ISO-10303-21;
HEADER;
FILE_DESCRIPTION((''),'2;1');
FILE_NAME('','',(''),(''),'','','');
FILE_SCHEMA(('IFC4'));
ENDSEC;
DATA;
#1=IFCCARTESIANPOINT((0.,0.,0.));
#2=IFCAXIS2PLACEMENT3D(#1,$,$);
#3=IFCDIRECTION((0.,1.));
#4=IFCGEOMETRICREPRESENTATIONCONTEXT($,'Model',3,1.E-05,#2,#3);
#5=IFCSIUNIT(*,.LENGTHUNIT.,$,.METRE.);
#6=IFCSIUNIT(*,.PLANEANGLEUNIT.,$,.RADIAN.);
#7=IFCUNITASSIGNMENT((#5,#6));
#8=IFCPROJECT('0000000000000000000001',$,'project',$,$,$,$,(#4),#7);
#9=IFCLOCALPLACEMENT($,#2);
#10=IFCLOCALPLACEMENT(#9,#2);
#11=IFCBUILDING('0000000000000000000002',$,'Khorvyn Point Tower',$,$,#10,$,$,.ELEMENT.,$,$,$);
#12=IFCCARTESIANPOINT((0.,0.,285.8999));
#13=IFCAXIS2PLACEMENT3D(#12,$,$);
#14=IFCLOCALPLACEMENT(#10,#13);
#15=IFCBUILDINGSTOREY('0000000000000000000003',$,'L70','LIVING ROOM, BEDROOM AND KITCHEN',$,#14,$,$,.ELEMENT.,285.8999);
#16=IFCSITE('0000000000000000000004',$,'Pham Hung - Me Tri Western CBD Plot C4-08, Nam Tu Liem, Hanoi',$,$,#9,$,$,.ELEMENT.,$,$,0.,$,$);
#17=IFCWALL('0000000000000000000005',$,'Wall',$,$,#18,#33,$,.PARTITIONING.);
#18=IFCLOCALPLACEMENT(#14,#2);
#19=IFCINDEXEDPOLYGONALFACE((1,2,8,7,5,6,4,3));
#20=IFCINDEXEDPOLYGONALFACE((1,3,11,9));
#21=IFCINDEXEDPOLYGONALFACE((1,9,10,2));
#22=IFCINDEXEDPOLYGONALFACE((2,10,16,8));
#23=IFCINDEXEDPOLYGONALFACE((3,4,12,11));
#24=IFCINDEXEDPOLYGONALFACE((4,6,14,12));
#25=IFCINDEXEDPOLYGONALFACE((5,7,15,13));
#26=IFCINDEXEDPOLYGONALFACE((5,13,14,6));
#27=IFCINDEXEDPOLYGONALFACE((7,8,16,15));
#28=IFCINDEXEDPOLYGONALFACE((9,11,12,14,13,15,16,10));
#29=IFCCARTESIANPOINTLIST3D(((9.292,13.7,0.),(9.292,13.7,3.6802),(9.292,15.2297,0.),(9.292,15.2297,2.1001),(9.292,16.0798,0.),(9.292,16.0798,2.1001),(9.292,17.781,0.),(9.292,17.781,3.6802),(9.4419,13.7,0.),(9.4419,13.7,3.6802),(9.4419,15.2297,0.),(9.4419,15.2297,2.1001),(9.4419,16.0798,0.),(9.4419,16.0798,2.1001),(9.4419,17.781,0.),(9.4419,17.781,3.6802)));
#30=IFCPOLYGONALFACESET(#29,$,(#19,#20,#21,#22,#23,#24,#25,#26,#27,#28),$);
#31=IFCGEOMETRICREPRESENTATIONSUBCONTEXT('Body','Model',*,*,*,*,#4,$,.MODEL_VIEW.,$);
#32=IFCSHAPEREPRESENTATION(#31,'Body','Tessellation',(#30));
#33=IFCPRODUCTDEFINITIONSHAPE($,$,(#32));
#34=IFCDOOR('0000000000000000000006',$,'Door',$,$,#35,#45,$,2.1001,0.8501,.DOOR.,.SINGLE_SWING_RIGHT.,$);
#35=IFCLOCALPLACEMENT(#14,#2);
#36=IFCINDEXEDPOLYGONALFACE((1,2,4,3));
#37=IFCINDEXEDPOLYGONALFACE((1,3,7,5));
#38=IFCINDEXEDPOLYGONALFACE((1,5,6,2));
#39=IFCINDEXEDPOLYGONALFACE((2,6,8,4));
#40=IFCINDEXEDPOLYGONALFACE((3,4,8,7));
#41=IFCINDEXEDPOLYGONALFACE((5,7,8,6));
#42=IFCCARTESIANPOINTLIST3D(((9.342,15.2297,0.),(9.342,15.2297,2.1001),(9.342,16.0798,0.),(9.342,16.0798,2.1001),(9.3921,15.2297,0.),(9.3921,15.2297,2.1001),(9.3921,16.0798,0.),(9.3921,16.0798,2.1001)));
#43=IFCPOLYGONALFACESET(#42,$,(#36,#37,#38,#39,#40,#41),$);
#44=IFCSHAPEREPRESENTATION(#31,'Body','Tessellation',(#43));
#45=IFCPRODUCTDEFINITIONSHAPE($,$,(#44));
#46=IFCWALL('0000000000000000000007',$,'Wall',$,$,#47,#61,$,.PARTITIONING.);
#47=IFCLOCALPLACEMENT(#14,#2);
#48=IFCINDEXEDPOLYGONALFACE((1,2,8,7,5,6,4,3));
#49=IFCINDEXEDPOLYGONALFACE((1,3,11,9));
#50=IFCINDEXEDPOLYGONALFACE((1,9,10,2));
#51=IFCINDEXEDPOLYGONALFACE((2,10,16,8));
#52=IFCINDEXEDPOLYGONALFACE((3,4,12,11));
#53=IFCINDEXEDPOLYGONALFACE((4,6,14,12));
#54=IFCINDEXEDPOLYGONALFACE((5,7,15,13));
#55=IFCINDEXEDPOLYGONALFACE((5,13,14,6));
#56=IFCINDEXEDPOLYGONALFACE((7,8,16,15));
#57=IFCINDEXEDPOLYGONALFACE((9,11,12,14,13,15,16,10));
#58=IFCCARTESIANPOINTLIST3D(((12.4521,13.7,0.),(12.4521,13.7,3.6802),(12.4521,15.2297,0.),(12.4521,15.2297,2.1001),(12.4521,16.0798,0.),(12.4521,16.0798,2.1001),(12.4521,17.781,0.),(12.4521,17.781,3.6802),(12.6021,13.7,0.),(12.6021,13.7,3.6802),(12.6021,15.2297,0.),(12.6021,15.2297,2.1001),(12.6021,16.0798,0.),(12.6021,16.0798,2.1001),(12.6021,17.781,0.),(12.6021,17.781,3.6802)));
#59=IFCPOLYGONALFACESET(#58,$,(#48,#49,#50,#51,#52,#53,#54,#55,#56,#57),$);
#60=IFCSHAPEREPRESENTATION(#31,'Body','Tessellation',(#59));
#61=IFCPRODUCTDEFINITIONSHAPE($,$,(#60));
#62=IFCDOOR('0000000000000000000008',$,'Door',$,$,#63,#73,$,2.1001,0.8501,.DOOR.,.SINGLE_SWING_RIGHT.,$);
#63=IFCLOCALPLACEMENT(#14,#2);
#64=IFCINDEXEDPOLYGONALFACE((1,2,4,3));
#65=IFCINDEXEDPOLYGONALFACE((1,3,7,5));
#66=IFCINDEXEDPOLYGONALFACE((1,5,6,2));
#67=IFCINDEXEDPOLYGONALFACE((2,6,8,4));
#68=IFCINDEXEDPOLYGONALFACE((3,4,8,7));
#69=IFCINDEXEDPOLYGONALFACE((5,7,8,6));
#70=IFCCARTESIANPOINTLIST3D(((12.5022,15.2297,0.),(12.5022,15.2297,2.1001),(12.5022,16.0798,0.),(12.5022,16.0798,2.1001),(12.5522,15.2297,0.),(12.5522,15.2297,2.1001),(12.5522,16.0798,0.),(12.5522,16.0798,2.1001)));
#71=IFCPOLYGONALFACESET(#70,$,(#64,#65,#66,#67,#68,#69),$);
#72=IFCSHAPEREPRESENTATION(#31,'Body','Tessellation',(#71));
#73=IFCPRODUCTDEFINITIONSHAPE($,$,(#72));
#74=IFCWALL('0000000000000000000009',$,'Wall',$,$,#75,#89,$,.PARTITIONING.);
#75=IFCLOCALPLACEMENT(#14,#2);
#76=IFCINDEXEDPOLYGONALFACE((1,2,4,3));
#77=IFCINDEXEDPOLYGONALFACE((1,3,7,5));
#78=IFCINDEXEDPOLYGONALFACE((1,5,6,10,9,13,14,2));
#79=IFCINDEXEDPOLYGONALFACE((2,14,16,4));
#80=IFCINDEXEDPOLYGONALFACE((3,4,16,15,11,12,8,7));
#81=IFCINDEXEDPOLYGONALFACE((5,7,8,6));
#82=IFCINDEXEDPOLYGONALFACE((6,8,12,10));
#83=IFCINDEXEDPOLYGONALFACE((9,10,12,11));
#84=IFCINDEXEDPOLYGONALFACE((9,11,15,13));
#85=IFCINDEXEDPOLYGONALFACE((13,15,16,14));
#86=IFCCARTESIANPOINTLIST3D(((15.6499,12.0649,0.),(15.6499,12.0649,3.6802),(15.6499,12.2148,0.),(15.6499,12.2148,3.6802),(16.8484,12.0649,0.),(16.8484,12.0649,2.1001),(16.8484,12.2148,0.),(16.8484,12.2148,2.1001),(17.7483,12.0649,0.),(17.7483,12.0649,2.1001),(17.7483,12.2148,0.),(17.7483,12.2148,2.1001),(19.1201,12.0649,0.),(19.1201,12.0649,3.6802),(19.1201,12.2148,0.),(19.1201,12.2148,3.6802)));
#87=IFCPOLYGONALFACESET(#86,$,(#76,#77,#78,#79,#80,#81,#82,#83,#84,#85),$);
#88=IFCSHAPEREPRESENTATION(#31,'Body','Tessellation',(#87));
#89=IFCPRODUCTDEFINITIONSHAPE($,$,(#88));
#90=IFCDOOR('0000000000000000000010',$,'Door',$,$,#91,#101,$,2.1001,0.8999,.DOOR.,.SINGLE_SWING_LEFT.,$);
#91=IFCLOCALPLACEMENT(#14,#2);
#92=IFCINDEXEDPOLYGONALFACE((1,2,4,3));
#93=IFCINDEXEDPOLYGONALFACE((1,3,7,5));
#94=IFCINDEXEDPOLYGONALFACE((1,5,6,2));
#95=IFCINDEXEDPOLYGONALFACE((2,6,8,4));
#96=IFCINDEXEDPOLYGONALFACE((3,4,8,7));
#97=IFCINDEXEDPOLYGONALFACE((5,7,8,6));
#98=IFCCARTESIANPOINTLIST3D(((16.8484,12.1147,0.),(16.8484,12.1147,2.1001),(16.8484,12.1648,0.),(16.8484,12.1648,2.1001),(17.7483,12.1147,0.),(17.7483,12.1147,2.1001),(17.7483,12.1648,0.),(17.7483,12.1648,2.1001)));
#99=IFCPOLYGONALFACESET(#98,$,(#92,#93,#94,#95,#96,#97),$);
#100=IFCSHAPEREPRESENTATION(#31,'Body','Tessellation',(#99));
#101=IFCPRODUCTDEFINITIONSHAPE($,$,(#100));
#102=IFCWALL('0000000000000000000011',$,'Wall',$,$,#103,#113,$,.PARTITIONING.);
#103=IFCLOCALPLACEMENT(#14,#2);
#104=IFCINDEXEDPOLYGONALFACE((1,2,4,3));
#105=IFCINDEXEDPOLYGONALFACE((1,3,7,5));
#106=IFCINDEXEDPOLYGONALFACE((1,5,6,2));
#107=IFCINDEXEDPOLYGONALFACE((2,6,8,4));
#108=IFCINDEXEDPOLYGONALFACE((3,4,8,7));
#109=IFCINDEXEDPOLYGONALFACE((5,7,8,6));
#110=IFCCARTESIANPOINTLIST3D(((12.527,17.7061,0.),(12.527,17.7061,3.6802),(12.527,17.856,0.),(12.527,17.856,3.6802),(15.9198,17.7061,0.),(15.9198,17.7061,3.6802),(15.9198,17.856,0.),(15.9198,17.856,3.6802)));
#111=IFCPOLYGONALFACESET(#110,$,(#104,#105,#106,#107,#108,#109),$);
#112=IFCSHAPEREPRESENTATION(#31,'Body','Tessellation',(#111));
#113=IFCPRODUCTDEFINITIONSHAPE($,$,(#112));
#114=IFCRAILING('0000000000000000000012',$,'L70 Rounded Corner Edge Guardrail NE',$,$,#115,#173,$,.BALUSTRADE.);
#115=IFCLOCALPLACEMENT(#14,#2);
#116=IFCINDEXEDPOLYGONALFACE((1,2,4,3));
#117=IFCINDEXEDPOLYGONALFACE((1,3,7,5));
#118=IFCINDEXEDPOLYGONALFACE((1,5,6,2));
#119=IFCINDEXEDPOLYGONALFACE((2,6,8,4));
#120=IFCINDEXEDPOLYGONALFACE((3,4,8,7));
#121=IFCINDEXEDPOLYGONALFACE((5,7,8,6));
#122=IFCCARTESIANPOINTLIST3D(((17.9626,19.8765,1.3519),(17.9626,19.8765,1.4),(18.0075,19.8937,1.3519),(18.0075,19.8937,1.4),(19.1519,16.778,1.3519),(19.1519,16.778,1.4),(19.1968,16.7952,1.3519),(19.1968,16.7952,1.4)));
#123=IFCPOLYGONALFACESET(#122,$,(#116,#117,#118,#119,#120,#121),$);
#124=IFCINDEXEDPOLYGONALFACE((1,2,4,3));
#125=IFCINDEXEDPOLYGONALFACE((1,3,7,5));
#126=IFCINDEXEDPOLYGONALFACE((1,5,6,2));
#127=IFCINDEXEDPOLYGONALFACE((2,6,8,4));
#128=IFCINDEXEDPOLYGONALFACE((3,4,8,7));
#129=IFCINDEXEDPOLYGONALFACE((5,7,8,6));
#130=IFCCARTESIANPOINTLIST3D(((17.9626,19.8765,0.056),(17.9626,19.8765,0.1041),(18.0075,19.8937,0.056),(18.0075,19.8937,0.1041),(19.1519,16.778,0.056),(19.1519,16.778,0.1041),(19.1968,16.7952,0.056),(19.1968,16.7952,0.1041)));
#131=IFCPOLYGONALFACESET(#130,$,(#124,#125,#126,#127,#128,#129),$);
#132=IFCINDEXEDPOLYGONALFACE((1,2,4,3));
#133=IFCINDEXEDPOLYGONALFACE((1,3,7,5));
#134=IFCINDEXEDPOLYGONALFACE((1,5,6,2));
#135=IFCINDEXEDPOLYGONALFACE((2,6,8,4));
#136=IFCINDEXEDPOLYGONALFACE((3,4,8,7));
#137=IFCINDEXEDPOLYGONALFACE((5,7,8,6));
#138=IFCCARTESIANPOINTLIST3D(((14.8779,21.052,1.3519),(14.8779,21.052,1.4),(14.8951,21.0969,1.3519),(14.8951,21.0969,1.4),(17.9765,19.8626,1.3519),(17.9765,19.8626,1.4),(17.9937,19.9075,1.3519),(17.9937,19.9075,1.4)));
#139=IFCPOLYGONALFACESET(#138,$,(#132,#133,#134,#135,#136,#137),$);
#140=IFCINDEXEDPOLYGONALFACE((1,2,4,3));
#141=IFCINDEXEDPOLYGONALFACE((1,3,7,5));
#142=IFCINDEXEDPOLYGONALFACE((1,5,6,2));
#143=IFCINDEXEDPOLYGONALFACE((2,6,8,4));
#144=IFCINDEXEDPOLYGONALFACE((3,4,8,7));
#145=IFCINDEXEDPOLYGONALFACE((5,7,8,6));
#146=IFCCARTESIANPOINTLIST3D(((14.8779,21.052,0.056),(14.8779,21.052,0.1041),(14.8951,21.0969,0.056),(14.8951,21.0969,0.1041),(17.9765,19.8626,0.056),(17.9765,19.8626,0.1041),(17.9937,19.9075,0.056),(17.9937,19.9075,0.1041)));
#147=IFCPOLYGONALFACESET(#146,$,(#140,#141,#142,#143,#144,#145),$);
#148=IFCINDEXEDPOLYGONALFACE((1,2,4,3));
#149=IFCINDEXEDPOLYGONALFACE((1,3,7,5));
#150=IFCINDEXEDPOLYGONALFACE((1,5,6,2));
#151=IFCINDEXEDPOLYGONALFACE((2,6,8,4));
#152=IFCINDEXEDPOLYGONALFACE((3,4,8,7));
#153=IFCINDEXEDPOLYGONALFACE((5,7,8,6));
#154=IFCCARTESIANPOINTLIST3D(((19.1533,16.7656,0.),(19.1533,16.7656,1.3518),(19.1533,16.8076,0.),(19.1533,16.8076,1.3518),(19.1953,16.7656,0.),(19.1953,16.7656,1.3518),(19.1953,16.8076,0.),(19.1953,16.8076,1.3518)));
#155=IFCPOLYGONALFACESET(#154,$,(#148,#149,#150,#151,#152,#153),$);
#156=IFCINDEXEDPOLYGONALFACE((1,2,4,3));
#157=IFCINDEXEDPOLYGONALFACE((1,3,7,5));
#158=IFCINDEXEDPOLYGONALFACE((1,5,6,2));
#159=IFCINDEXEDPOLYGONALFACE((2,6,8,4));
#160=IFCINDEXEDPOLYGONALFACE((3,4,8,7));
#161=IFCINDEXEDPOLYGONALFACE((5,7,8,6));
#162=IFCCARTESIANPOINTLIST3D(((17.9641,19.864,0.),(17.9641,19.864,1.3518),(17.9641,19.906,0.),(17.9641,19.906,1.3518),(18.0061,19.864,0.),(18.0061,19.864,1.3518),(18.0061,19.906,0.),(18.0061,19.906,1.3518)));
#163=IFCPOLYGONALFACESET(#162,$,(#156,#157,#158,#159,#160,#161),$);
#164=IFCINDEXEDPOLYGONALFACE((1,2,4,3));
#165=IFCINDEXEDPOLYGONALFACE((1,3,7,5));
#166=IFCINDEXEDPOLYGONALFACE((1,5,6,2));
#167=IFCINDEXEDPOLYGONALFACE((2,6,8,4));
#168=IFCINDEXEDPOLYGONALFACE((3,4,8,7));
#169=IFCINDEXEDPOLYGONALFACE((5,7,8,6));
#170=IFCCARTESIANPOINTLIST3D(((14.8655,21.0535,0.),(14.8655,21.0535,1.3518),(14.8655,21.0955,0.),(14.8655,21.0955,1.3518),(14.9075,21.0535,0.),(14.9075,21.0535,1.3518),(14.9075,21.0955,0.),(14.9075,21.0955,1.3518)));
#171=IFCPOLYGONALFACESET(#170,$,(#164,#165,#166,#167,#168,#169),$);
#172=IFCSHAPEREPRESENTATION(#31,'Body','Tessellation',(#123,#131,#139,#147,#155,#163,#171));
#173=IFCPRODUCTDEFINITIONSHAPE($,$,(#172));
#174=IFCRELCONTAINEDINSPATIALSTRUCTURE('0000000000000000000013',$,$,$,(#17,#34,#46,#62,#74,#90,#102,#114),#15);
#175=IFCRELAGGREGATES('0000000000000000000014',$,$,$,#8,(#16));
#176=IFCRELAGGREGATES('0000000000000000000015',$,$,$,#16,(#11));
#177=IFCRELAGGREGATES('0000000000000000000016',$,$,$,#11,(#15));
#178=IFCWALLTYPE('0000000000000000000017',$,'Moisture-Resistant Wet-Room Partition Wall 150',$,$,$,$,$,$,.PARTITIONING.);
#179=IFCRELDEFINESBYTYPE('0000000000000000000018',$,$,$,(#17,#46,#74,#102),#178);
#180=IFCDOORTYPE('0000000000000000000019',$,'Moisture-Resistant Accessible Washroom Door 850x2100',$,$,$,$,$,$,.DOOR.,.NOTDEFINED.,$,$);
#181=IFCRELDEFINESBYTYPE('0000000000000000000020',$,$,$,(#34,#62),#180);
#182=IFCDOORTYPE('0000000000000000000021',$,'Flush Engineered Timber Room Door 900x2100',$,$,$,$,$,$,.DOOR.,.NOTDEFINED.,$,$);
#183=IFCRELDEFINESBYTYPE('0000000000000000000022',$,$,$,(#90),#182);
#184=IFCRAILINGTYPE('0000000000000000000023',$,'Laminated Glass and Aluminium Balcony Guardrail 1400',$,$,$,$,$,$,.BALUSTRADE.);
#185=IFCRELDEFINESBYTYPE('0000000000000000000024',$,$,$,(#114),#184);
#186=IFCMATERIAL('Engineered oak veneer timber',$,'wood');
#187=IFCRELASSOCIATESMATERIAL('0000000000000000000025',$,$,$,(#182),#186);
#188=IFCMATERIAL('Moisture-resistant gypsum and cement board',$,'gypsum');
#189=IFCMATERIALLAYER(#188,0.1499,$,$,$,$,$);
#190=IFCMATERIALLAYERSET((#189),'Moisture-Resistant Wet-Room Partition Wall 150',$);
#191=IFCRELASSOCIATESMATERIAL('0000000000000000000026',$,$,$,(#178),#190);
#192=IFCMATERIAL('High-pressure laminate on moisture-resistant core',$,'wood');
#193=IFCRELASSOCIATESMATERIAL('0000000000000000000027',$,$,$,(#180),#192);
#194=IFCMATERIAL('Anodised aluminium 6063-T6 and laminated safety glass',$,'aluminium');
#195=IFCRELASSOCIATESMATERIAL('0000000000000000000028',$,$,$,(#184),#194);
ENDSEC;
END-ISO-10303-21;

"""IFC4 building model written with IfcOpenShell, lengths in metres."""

from ifc_helpers import new_model, si_unit, direction, frame, frame_2d, origin, origin_2d, place, context, subcontext, project, spatial, rectangle, extrude, material, layer, layer_set, type_object, element, fill, save


model = new_model("IFC4")

# Units and contexts
model_context = context("Model", 3, precision=1e-05, world=origin(), true_north=direction((0.0, 1.0)))
body_context = subcontext(model_context, "Body", "Model", "MODEL_VIEW")
ifc_project = project(units=[si_unit("LENGTHUNIT", "METRE"), si_unit("PLANEANGLEUNIT", "RADIAN")], contexts=[model_context])

# Site, building, storey
site_placement = place(None, origin())
site = spatial("IfcSite", under=ifc_project, at=site_placement, Name="Pham Hung - Me Tri Western CBD Plot C4-08, Nam Tu Liem, Hanoi", CompositionType="ELEMENT", RefElevation=0.0)
building_placement = place(site_placement, origin())
building = spatial("IfcBuilding", under=site, at=building_placement, Name="Khorvyn Point Tower", CompositionType="ELEMENT")
storey_placement = place(building_placement, frame((0.0, 0.0, 285.8999)))
storey = spatial("IfcBuildingStorey", under=building, at=storey_placement, Name="L70", Description="LIVING ROOM, BEDROOM AND KITCHEN", CompositionType="ELEMENT", Elevation=285.8999)

# Walls, openings, doors
ifc_material_1 = material(Name="Engineered oak veneer timber", Category="wood")
door_type_1 = type_object("IfcDoorType", Name="Flush Engineered Timber Room Door 900x2100", OperationType="NOTDEFINED", PredefinedType="DOOR", material=ifc_material_1)
ifc_material_2 = material(Name="Moisture-resistant gypsum and cement board", Category="gypsum")
ifc_layer_1 = layer(ifc_material_2, 0.1499)
ifc_layer_set_1 = layer_set([ifc_layer_1], Name="Moisture-Resistant Wet-Room Partition Wall 150")
wall_type_1 = type_object("IfcWallType", Name="Moisture-Resistant Wet-Room Partition Wall 150", PredefinedType="PARTITIONING", material=ifc_layer_set_1)
wall_1_placement = place(storey_placement, frame((9.3669, 13.7, 0.0), z_axis=(0.0, 0.0, 1.0), x_axis=(0.0, 1.0, 0.0)))
wall_1 = element("IfcWall", 1, at=wall_1_placement, inside=storey, type_object=wall_type_1, Name="Wall", PredefinedType="PARTITIONING", context=body_context, shape_type="SweptSolid", body=[
    extrude(rectangle(XDim=4.0811, YDim=0.1499, at=frame_2d((2.0405, 0.0))), origin(), (0.0, 0.0, 1.0), 3.6802),
])
opening_1_placement = place(wall_1_placement, frame((1.5298, 0.0, 0.0)))
opening_1 = element("IfcOpeningElement", 2, at=opening_1_placement, cuts=wall_1, PredefinedType="OPENING", context=body_context, shape_type="SweptSolid", body=[
    extrude(rectangle(XDim=0.8501, YDim=2.1001, at=frame_2d((0.425, 1.05))), frame((0.0, 0.085, 0.0), z_axis=(0.0, -1.0, 0.0), x_axis=(1.0, 0.0, 0.0)), (0.0, 0.0, 1.0), 0.1699),
])
ifc_material_3 = material(Name="High-pressure laminate on moisture-resistant core", Category="wood")
door_type_2 = type_object("IfcDoorType", Name="Moisture-Resistant Accessible Washroom Door 850x2100", OperationType="NOTDEFINED", PredefinedType="DOOR", material=ifc_material_3)
door_1_placement = place(opening_1_placement, origin())
door_1 = element("IfcDoor", 3, at=door_1_placement, inside=storey, type_object=door_type_2, Name="Door", OperationType="SINGLE_SWING_RIGHT", OverallHeight=2.1001, OverallWidth=0.8501, PredefinedType="DOOR", context=body_context, shape_type="SweptSolid", body=[
    extrude(rectangle(XDim=0.8501, YDim=2.1001, at=frame_2d((0.425, 1.05))), frame((0.0, 0.0249, 0.0), z_axis=(0.0, -1.0, 0.0), x_axis=(1.0, 0.0, 0.0)), (0.0, 0.0, 1.0), 0.05),
])
fill(opening_1, door_1)
wall_2_placement = place(storey_placement, frame((12.5271, 13.7, 0.0), z_axis=(0.0, 0.0, 1.0), x_axis=(0.0, 1.0, 0.0)))
wall_2 = element("IfcWall", 4, at=wall_2_placement, inside=storey, type_object=wall_type_1, Name="Wall", PredefinedType="PARTITIONING", context=body_context, shape_type="SweptSolid", body=[
    extrude(rectangle(XDim=4.0811, YDim=0.1499, at=frame_2d((2.0405, 0.0))), origin(), (0.0, 0.0, 1.0), 3.6802),
])
opening_2_placement = place(wall_2_placement, frame((1.5298, 0.0, 0.0)))
opening_2 = element("IfcOpeningElement", 5, at=opening_2_placement, cuts=wall_2, PredefinedType="OPENING", context=body_context, shape_type="SweptSolid", body=[
    extrude(rectangle(XDim=0.8501, YDim=2.1001, at=frame_2d((0.425, 1.05))), frame((0.0, 0.085, 0.0), z_axis=(0.0, -1.0, 0.0), x_axis=(1.0, 0.0, 0.0)), (0.0, 0.0, 1.0), 0.1699),
])
door_2_placement = place(opening_2_placement, origin())
door_2 = element("IfcDoor", 6, at=door_2_placement, inside=storey, type_object=door_type_2, Name="Door", OperationType="SINGLE_SWING_RIGHT", OverallHeight=2.1001, OverallWidth=0.8501, PredefinedType="DOOR", context=body_context, shape_type="SweptSolid", body=[
    extrude(rectangle(XDim=0.8501, YDim=2.1001, at=frame_2d((0.425, 1.05))), frame((0.0, 0.0249, 0.0), z_axis=(0.0, -1.0, 0.0), x_axis=(1.0, 0.0, 0.0)), (0.0, 0.0, 1.0), 0.05),
])
fill(opening_2, door_2)
wall_3_placement = place(storey_placement, frame((15.6499, 12.1399, 0.0), z_axis=(0.0, 0.0, 1.0), x_axis=(1.0, 0.0, 0.0)))
wall_3 = element("IfcWall", 7, at=wall_3_placement, inside=storey, type_object=wall_type_1, Name="Wall", PredefinedType="PARTITIONING", context=body_context, shape_type="SweptSolid", body=[
    extrude(rectangle(XDim=3.4702, YDim=0.1499, at=frame_2d((1.7351, 0.0))), origin(), (0.0, 0.0, 1.0), 3.6802),
])
opening_3_placement = place(wall_3_placement, frame((1.1985, 0.0, 0.0)))
opening_3 = element("IfcOpeningElement", 8, at=opening_3_placement, cuts=wall_3, PredefinedType="OPENING", context=body_context, shape_type="SweptSolid", body=[
    extrude(rectangle(XDim=0.8999, YDim=2.1001, at=frame_2d((0.45, 1.05))), frame((0.0, 0.085, 0.0), z_axis=(0.0, -1.0, 0.0), x_axis=(1.0, 0.0, 0.0)), (0.0, 0.0, 1.0), 0.1699),
])
door_3_placement = place(opening_3_placement, origin())
door_3 = element("IfcDoor", 9, at=door_3_placement, inside=storey, type_object=door_type_1, Name="Door", OperationType="SINGLE_SWING_LEFT", OverallHeight=2.1001, OverallWidth=0.8999, PredefinedType="DOOR", context=body_context, shape_type="SweptSolid", body=[
    extrude(rectangle(XDim=0.8999, YDim=2.1001, at=frame_2d((0.45, 1.05))), frame((0.0, 0.0249, 0.0), z_axis=(0.0, -1.0, 0.0), x_axis=(1.0, 0.0, 0.0)), (0.0, 0.0, 1.0), 0.05),
])
fill(opening_3, door_3)

# Wall
wall_4_placement = place(storey_placement, frame((12.5271, 17.781, 0.0), z_axis=(0.0, 0.0, 1.0), x_axis=(1.0, 0.0, 0.0)))
element("IfcWall", 10, at=wall_4_placement, inside=storey, type_object=wall_type_1, Name="Wall", PredefinedType="PARTITIONING", context=body_context, shape_type="SweptSolid", body=[
    extrude(rectangle(XDim=3.3928, YDim=0.1499, at=frame_2d((1.6963, 0.0))), origin(), (0.0, 0.0, 1.0), 3.6802),
])

# Railing
ifc_material_4 = material(Name="Anodised aluminium 6063-T6 and laminated safety glass", Category="aluminium")
railing_type = type_object("IfcRailingType", Name="Laminated Glass and Aluminium Balcony Guardrail 1400", PredefinedType="BALUSTRADE", material=ifc_material_4)
railing_1_placement = place(storey_placement, frame((19.1743, 16.7866, 0.0)))
element("IfcRailing", 11, at=railing_1_placement, inside=storey, type_object=railing_type, Name="L70 Rounded Corner Edge Guardrail NE", PredefinedType="BALUSTRADE", context=body_context, shape_type="SweptSolid", body=[
    extrude(rectangle(XDim=0.0481, YDim=0.0481, at=origin_2d()), frame((0.0, 0.0, 1.376), z_axis=(-0.358328, 0.933596, 0.0), x_axis=(-0.933596, -0.358328, 0.0)), (0.0, 0.0, 1.0), 3.3188),
    extrude(rectangle(XDim=0.0481, YDim=0.0481, at=origin_2d()), frame((0.0, 0.0, 0.0801), z_axis=(-0.358328, 0.933596, 0.0), x_axis=(-0.933596, -0.358328, 0.0)), (0.0, 0.0, 1.0), 3.3188),
    extrude(rectangle(XDim=0.0481, YDim=0.0481, at=origin_2d()), frame((-1.1892, 3.0984, 1.376), z_axis=(-0.93358, 0.358368, 0.0), x_axis=(-0.358368, -0.93358, 0.0)), (0.0, 0.0, 1.0), 3.3191),
    extrude(rectangle(XDim=0.0481, YDim=0.0481, at=origin_2d()), frame((-1.1892, 3.0984, 0.0801), z_axis=(-0.93358, 0.358368, 0.0), x_axis=(-0.358368, -0.93358, 0.0)), (0.0, 0.0, 1.0), 3.3191),
    extrude(rectangle(XDim=0.042, YDim=0.042, at=origin_2d()), origin(), (0.0, 0.0, 1.0), 1.3518),
    extrude(rectangle(XDim=0.042, YDim=0.042, at=origin_2d()), frame((-1.1892, 3.0984, 0.0)), (0.0, 0.0, 1.0), 1.3518),
    extrude(rectangle(XDim=0.042, YDim=0.042, at=origin_2d()), frame((-4.2878, 4.2878, 0.0)), (0.0, 0.0, 1.0), 1.3518),
])

save(model, "model.ifc")
